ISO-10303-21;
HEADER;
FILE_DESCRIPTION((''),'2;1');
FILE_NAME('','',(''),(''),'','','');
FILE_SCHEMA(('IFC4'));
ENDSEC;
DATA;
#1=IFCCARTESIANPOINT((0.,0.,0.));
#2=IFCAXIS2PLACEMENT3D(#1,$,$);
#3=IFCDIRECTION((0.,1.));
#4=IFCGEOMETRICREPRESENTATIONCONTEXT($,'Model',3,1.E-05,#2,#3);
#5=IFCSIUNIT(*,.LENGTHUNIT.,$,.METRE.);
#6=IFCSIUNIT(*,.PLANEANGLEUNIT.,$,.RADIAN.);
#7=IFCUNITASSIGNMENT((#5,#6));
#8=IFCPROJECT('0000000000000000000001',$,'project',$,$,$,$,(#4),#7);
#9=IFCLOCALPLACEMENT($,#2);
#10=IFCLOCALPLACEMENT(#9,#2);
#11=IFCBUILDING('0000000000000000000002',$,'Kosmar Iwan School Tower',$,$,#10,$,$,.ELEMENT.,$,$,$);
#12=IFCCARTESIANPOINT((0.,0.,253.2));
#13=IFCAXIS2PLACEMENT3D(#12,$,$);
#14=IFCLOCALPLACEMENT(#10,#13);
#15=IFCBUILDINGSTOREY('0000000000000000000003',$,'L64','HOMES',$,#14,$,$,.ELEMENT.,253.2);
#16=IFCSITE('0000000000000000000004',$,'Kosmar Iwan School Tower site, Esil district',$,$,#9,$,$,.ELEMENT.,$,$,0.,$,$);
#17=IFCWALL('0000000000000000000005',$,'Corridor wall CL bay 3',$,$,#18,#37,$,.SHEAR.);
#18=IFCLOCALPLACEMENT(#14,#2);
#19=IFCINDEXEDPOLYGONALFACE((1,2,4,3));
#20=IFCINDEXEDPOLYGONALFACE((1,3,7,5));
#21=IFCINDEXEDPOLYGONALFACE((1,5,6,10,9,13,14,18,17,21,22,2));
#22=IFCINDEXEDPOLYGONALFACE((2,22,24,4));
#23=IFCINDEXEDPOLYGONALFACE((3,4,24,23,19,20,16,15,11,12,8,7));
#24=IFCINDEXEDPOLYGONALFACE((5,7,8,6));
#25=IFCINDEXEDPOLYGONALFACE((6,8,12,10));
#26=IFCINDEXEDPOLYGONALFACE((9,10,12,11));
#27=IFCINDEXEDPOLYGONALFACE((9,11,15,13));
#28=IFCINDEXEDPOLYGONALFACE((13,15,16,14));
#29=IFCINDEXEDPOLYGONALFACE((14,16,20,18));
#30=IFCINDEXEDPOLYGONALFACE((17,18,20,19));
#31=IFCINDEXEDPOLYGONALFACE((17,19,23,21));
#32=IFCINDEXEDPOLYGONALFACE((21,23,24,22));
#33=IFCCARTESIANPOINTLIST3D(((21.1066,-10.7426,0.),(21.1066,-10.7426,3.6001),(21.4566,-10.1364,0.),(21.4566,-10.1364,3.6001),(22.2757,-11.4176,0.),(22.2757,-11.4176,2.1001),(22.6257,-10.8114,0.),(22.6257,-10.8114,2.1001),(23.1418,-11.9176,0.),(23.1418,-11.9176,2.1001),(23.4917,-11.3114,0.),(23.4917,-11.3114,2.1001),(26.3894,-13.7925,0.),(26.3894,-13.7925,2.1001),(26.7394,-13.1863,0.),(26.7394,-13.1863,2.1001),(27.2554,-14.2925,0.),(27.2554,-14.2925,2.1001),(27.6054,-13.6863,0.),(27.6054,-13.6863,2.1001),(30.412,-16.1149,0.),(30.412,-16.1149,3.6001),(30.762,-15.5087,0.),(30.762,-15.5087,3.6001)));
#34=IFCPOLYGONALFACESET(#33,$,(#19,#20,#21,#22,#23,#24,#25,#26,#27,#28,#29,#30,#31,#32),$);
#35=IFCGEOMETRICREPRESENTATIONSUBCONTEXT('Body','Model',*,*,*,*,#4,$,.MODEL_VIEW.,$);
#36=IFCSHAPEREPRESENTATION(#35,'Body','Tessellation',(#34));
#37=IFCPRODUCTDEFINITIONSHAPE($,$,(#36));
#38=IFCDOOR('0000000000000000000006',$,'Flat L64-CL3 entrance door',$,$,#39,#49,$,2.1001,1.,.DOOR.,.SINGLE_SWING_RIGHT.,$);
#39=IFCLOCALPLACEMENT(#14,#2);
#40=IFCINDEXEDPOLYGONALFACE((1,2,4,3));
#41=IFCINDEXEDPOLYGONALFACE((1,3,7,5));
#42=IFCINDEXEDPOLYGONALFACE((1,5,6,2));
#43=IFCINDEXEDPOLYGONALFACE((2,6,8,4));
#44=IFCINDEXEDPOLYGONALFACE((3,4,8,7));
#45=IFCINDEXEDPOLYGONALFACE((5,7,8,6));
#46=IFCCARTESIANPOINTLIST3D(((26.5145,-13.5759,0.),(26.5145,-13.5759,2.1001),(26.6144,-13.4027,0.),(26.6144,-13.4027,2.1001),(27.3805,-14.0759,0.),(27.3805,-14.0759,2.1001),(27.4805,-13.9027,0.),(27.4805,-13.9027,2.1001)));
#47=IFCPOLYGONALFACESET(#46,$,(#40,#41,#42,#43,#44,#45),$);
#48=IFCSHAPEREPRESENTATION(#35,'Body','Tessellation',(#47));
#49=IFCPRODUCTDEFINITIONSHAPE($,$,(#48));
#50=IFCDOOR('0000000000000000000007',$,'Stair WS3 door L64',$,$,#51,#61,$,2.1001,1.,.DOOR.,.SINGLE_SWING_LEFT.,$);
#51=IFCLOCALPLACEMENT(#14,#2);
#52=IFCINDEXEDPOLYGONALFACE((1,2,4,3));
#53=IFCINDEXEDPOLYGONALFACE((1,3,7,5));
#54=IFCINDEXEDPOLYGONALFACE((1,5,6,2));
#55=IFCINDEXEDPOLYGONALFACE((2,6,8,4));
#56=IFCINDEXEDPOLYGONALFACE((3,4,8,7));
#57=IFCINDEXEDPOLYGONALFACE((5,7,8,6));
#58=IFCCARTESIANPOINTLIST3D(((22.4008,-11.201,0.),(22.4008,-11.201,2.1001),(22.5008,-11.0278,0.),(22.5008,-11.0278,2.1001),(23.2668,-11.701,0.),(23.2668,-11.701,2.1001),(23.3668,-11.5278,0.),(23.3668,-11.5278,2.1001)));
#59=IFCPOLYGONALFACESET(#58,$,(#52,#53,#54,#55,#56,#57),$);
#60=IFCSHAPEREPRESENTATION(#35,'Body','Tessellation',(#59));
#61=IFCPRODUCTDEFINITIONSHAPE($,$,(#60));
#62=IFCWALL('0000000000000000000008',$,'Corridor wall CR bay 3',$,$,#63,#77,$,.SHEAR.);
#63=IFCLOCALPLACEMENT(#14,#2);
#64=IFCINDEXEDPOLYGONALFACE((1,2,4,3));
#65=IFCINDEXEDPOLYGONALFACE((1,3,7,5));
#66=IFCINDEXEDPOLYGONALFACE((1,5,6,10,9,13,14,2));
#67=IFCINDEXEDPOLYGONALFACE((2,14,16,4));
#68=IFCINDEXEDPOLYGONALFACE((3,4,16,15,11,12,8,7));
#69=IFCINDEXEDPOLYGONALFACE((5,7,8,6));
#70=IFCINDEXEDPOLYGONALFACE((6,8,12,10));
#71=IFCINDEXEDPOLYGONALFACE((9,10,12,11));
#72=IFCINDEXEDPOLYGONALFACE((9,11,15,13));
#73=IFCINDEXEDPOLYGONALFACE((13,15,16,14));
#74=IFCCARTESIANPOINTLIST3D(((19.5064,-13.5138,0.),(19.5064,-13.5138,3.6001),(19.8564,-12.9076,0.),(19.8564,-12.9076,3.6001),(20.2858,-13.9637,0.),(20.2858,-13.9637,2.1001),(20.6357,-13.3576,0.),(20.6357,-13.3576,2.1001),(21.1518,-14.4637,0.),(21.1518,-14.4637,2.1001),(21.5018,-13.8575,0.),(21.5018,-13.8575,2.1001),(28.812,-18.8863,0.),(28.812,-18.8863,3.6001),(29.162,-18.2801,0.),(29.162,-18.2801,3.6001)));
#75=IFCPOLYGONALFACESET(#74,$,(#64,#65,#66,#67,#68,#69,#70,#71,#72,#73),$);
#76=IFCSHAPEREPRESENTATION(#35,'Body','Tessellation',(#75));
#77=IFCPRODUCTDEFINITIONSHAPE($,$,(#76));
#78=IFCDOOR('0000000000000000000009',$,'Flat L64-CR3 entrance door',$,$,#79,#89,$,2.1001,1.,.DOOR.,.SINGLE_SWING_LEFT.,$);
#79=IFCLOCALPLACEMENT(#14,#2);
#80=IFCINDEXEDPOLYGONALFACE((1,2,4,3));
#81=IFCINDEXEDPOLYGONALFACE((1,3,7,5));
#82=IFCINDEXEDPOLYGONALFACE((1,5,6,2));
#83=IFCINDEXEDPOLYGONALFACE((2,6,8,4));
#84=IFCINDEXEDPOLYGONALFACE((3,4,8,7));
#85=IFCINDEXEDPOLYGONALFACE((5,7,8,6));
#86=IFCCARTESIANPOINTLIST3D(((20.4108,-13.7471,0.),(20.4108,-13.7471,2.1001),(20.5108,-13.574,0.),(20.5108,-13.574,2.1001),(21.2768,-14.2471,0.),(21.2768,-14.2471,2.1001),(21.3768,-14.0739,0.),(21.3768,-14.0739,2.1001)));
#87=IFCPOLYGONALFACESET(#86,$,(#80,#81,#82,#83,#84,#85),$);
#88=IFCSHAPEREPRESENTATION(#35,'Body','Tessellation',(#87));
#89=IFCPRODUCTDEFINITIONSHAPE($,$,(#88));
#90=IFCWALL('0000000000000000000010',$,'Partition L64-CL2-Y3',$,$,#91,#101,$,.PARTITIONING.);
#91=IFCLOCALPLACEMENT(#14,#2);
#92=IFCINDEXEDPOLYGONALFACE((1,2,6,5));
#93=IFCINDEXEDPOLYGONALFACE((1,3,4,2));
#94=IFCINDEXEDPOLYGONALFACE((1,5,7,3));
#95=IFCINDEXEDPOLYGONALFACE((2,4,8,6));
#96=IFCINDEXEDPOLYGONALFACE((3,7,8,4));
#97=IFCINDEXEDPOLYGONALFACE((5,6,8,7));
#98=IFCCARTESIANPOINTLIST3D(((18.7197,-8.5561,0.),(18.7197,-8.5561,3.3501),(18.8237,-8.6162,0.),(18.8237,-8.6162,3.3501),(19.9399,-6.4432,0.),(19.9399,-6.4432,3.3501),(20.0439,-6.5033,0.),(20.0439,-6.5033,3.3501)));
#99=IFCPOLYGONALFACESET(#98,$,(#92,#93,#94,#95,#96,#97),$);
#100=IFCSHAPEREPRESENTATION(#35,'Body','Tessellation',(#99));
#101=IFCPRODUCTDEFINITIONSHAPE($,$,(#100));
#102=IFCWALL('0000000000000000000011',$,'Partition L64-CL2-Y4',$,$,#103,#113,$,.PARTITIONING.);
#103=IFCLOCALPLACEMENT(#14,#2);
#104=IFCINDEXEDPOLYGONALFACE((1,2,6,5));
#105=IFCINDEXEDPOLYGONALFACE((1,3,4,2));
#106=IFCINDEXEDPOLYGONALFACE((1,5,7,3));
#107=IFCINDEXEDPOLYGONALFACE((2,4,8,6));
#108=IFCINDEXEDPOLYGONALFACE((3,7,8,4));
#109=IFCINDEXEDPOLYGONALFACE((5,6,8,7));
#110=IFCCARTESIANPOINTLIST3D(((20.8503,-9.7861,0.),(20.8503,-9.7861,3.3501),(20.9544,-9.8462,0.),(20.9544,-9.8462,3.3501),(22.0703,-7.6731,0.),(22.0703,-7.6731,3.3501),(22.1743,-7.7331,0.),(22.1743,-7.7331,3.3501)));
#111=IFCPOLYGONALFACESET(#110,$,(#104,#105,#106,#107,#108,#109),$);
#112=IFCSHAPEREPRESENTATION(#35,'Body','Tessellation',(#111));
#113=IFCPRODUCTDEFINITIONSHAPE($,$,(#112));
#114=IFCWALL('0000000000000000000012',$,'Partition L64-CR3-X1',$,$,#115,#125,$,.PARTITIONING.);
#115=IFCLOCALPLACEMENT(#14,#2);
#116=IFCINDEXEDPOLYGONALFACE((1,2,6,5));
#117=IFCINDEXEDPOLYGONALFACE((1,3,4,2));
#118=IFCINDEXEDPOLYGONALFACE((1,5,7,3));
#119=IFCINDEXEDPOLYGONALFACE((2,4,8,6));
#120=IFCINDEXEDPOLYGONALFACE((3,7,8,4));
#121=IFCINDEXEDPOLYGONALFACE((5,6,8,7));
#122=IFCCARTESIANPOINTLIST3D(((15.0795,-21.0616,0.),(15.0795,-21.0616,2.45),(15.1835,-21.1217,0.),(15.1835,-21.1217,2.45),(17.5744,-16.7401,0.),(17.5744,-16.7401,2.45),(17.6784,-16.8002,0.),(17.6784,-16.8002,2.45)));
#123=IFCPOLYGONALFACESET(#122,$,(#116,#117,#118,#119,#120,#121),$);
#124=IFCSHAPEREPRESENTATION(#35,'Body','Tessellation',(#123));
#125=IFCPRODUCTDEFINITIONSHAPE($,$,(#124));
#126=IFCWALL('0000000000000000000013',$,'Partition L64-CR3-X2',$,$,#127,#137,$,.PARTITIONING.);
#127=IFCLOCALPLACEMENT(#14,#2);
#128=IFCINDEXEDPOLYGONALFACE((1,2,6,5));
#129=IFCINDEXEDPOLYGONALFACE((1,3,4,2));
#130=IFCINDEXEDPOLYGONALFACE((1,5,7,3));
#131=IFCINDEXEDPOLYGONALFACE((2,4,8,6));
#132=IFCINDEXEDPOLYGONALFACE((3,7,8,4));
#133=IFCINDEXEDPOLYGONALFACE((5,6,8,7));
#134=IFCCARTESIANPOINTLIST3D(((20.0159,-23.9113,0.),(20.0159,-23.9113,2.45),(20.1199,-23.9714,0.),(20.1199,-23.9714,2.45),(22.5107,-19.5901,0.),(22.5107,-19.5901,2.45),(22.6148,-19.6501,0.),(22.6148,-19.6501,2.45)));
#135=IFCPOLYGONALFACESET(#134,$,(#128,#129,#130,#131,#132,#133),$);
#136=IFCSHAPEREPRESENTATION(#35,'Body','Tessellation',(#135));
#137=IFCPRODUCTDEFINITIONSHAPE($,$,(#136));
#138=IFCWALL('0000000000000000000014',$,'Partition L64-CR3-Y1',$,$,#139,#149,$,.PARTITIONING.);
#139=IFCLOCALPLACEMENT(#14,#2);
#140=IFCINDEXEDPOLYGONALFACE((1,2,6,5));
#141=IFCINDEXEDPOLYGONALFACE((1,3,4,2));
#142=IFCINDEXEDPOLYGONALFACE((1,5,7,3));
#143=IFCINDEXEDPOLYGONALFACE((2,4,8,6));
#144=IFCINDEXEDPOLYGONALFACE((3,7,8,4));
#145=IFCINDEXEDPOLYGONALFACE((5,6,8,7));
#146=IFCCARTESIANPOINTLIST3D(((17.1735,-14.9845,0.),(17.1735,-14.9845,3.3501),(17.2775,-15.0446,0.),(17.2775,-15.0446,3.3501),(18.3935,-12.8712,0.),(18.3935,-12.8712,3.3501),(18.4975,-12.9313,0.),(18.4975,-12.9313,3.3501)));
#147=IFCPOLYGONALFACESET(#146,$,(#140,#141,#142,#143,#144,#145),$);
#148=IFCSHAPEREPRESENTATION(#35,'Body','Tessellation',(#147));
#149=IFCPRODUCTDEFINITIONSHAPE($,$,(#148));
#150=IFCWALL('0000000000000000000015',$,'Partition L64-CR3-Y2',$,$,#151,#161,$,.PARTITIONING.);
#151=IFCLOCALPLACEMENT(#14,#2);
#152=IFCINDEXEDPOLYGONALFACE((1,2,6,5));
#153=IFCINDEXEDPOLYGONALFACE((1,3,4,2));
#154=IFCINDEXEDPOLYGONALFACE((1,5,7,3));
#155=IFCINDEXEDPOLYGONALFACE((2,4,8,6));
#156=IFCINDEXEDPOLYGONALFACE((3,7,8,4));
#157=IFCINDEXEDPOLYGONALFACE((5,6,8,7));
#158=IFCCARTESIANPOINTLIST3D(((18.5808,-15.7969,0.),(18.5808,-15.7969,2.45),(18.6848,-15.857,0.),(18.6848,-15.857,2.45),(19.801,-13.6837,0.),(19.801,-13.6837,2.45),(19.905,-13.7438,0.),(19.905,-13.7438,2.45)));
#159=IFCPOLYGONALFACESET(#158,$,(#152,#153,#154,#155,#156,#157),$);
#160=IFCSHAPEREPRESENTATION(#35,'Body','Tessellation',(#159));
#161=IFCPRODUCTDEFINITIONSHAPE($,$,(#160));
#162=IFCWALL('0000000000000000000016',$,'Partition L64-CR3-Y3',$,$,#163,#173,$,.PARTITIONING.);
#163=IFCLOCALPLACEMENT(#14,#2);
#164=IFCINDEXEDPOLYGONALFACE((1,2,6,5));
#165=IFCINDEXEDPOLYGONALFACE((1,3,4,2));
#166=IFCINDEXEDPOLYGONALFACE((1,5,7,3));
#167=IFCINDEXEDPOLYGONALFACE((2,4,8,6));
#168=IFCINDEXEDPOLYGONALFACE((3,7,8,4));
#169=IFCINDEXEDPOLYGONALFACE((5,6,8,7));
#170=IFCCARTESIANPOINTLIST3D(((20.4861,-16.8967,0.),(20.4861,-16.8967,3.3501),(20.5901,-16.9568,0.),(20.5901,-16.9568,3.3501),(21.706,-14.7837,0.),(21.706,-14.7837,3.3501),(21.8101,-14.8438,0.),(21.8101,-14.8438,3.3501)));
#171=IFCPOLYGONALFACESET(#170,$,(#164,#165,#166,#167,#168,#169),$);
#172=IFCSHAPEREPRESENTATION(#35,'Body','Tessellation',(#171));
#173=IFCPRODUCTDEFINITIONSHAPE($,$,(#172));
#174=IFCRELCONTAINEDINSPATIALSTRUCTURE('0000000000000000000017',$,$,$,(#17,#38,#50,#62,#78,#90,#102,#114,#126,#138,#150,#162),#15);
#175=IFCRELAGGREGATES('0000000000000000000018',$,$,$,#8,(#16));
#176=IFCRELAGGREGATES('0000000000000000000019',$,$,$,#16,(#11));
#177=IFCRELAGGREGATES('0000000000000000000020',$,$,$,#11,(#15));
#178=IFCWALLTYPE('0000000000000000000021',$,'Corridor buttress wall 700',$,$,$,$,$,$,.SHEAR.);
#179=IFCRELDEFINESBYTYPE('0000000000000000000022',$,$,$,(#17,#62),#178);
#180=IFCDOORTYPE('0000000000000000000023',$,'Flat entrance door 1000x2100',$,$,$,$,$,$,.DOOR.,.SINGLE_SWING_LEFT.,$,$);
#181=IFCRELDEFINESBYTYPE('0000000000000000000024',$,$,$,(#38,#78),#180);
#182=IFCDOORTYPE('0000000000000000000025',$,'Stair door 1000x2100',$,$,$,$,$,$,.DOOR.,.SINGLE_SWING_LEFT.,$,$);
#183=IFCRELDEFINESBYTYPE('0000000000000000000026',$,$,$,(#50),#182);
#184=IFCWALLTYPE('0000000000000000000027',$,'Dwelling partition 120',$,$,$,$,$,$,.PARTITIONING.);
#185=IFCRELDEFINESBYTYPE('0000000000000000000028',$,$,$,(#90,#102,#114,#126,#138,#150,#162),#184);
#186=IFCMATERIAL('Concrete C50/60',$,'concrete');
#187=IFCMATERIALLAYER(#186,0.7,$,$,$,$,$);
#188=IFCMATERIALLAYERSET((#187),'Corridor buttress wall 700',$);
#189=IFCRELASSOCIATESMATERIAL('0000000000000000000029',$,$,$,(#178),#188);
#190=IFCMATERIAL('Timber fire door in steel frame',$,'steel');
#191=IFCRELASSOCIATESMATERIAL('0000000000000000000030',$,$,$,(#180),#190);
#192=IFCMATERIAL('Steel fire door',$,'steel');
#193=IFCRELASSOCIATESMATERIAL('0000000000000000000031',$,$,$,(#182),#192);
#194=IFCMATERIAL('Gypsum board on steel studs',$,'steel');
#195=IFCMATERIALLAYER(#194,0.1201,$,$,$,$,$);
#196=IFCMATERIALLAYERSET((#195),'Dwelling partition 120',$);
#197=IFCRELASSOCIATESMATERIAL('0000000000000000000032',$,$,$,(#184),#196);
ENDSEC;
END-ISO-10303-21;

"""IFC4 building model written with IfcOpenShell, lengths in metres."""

from ifc_helpers import new_model, si_unit, direction, frame, frame_2d, origin, place, context, subcontext, project, spatial, rectangle, extrude, material, layer, layer_set, type_object, element, fill, save


model = new_model("IFC4")

# Units and contexts
model_context = context("Model", 3, precision=1e-05, world=origin(), true_north=direction((0.0, 1.0)))
body_context = subcontext(model_context, "Body", "Model", "MODEL_VIEW")
ifc_project = project(units=[si_unit("LENGTHUNIT", "METRE"), si_unit("PLANEANGLEUNIT", "RADIAN")], contexts=[model_context])

# Site, building, storey
site_placement = place(None, origin())
site = spatial("IfcSite", under=ifc_project, at=site_placement, Name="Kosmar Iwan School Tower site, Esil district", CompositionType="ELEMENT", RefElevation=0.0)
building_placement = place(site_placement, origin())
building = spatial("IfcBuilding", under=site, at=building_placement, Name="Kosmar Iwan School Tower", CompositionType="ELEMENT")
storey_placement = place(building_placement, frame((0.0, 0.0, 253.2)))
storey = spatial("IfcBuildingStorey", under=building, at=storey_placement, Name="L64", Description="HOMES", CompositionType="ELEMENT", Elevation=253.2)

# Wall, openings, doors
ifc_material_1 = material(Name="Concrete C50/60", Category="concrete")
ifc_layer_1 = layer(ifc_material_1, 0.7)
ifc_layer_set_1 = layer_set([ifc_layer_1], Name="Corridor buttress wall 700")
wall_type_1 = type_object("IfcWallType", Name="Corridor buttress wall 700", PredefinedType="SHEAR", material=ifc_layer_set_1)
wall_1_placement = place(storey_placement, frame((21.2815, -10.4395, 0.0), z_axis=(0.0, 0.0, 1.0), x_axis=(0.866032, -0.499988, 0.0)))
wall_1 = element("IfcWall", 1, at=wall_1_placement, inside=storey, type_object=wall_type_1, Name="Corridor wall CL bay 3", PredefinedType="SHEAR", context=body_context, shape_type="SweptSolid", body=[
    extrude(rectangle(XDim=10.7449, YDim=0.7, at=frame_2d((5.3726, 0.0))), origin(), (0.0, 0.0, 1.0), 3.6001),
])
opening_1_placement = place(wall_1_placement, frame((6.1001, 0.0, 0.0)))
opening_1 = element("IfcOpeningElement", 2, at=opening_1_placement, cuts=wall_1, PredefinedType="OPENING", context=body_context, shape_type="SweptSolid", body=[
    extrude(rectangle(XDim=1.0, YDim=2.1001, at=frame_2d((0.5, 1.05))), frame((0.0, 0.3621, 0.0), z_axis=(0.0, -1.0, 0.0), x_axis=(1.0, 0.0, 0.0)), (0.0, 0.0, 1.0), 0.7239),
])
opening_2_placement = place(wall_1_placement, frame((1.3501, 0.0, 0.0)))
opening_2 = element("IfcOpeningElement", 3, at=opening_2_placement, cuts=wall_1, PredefinedType="OPENING", context=body_context, shape_type="SweptSolid", body=[
    extrude(rectangle(XDim=1.0, YDim=2.1001, at=frame_2d((0.5, 1.05))), frame((0.0, 0.3621, 0.0), z_axis=(0.0, -1.0, 0.0), x_axis=(1.0, 0.0, 0.0)), (0.0, 0.0, 1.0), 0.7239),
])
ifc_material_2 = material(Name="Timber fire door in steel frame", Category="steel")
door_type_1 = type_object("IfcDoorType", Name="Flat entrance door 1000x2100", OperationType="SINGLE_SWING_LEFT", PredefinedType="DOOR", material=ifc_material_2)
door_1_placement = place(opening_1_placement, origin())
door_1 = element("IfcDoor", 4, at=door_1_placement, inside=storey, type_object=door_type_1, Name="Flat L64-CL3 entrance door", OperationType="SINGLE_SWING_RIGHT", OverallHeight=2.1001, OverallWidth=1.0, PredefinedType="DOOR", context=body_context, shape_type="SweptSolid", body=[
    extrude(rectangle(XDim=1.0, YDim=2.1001, at=frame_2d((0.5, 1.05))), frame((0.0, 0.1001, 0.0), z_axis=(0.0, -1.0, 0.0), x_axis=(1.0, 0.0, 0.0)), (0.0, 0.0, 1.0), 0.2),
])
fill(opening_1, door_1)
ifc_material_3 = material(Name="Steel fire door", Category="steel")
door_type_2 = type_object("IfcDoorType", Name="Stair door 1000x2100", OperationType="SINGLE_SWING_LEFT", PredefinedType="DOOR", material=ifc_material_3)
door_2_placement = place(opening_2_placement, origin())
door_2 = element("IfcDoor", 5, at=door_2_placement, inside=storey, type_object=door_type_2, Name="Stair WS3 door L64", OperationType="SINGLE_SWING_LEFT", OverallHeight=2.1001, OverallWidth=1.0, PredefinedType="DOOR", context=body_context, shape_type="SweptSolid", body=[
    extrude(rectangle(XDim=1.0, YDim=2.1001, at=frame_2d((0.5, 1.05))), frame((0.0, 0.1001, 0.0), z_axis=(0.0, -1.0, 0.0), x_axis=(1.0, 0.0, 0.0)), (0.0, 0.0, 1.0), 0.2),
])
fill(opening_2, door_2)

# Wall, opening, door
wall_2_placement = place(storey_placement, frame((19.6814, -13.2107, 0.0), z_axis=(0.0, 0.0, 1.0), x_axis=(0.866028, -0.499995, 0.0)))
wall_2 = element("IfcWall", 6, at=wall_2_placement, inside=storey, type_object=wall_type_1, Name="Corridor wall CR bay 3", PredefinedType="SHEAR", context=body_context, shape_type="SweptSolid", body=[
    extrude(rectangle(XDim=10.7451, YDim=0.7, at=frame_2d((5.3726, 0.0))), origin(), (0.0, 0.0, 1.0), 3.6001),
])
opening_3_placement = place(wall_2_placement, frame((0.8999, 0.0, 0.0)))
opening_3 = element("IfcOpeningElement", 7, at=opening_3_placement, cuts=wall_2, PredefinedType="OPENING", context=body_context, shape_type="SweptSolid", body=[
    extrude(rectangle(XDim=1.0, YDim=2.1001, at=frame_2d((0.5, 1.05))), frame((0.0, 0.3621, 0.0), z_axis=(0.0, -1.0, 0.0), x_axis=(1.0, 0.0, 0.0)), (0.0, 0.0, 1.0), 0.7239),
])
door_3_placement = place(opening_3_placement, origin())
door_3 = element("IfcDoor", 8, at=door_3_placement, inside=storey, type_object=door_type_1, Name="Flat L64-CR3 entrance door", OperationType="SINGLE_SWING_LEFT", OverallHeight=2.1001, OverallWidth=1.0, PredefinedType="DOOR", context=body_context, shape_type="SweptSolid", body=[
    extrude(rectangle(XDim=1.0, YDim=2.1001, at=frame_2d((0.5, 1.05))), frame((0.0, 0.1001, 0.0), z_axis=(0.0, -1.0, 0.0), x_axis=(1.0, 0.0, 0.0)), (0.0, 0.0, 1.0), 0.2),
])
fill(opening_3, door_3)

# Walls
ifc_material_4 = material(Name="Gypsum board on steel studs", Category="steel")
ifc_layer_2 = layer(ifc_material_4, 0.1201)
ifc_layer_set_2 = layer_set([ifc_layer_2], Name="Dwelling partition 120")
wall_type_2 = type_object("IfcWallType", Name="Dwelling partition 120", PredefinedType="PARTITIONING", material=ifc_layer_set_2)
for number, where, z_axis, x_axis, name in (
    (9, (18.7717, -8.5862, 0.0), (0.0, 0.0, 1.0), (0.500078, 0.865981, 0.0), "Partition L64-CL2-Y3"),
    (10, (20.9023, -9.8162, 0.0), (0.0, 0.0, 1.0), (0.500003, 0.866024, 0.0), "Partition L64-CL2-Y4"),
):
    element("IfcWall", number, at=place(storey_placement, frame(where, z_axis=z_axis, x_axis=x_axis)), inside=storey, type_object=wall_type_2, Name=name, PredefinedType="PARTITIONING", context=body_context, shape_type="SweptSolid", body=[
        extrude(rectangle(XDim=2.4399, YDim=0.1201, at=frame_2d((1.22, 0.0))), origin(), (0.0, 0.0, 1.0), 3.3501),
    ])
wall_3_placement = place(storey_placement, frame((17.6265, -16.77, 0.0), z_axis=(0.0, 0.0, 1.0), x_axis=(-0.499975, -0.86604, 0.0)))
element("IfcWall", 11, at=wall_3_placement, inside=storey, type_object=wall_type_2, Name="Partition L64-CR3-X1", PredefinedType="PARTITIONING", context=body_context, shape_type="SweptSolid", body=[
    extrude(rectangle(XDim=4.99, YDim=0.1201, at=frame_2d((2.4951, 0.0))), origin(), (0.0, 0.0, 1.0), 2.45),
])
wall_4_placement = place(storey_placement, frame((22.5627, -19.6201, 0.0), z_axis=(0.0, 0.0, 1.0), x_axis=(-0.499996, -0.866028, 0.0)))
element("IfcWall", 12, at=wall_4_placement, inside=storey, type_object=wall_type_2, Name="Partition L64-CR3-X2", PredefinedType="PARTITIONING", context=body_context, shape_type="SweptSolid", body=[
    extrude(rectangle(XDim=4.9897, YDim=0.1201, at=frame_2d((2.4949, 0.0))), origin(), (0.0, 0.0, 1.0), 2.45),
])
wall_5_placement = place(storey_placement, frame((18.4456, -12.9011, 0.0), z_axis=(0.0, 0.0, 1.0), x_axis=(-0.499959, -0.866049, 0.0)))
element("IfcWall", 13, at=wall_5_placement, inside=storey, type_object=wall_type_2, Name="Partition L64-CR3-Y1", PredefinedType="PARTITIONING", context=body_context, shape_type="SweptSolid", body=[
    extrude(rectangle(XDim=2.4402, YDim=0.1201, at=frame_2d((1.2202, 0.0))), origin(), (0.0, 0.0, 1.0), 3.3501),
])
wall_6_placement = place(storey_placement, frame((19.853, -13.7136, 0.0), z_axis=(0.0, 0.0, 1.0), x_axis=(-0.500034, -0.866006, 0.0)))
element("IfcWall", 14, at=wall_6_placement, inside=storey, type_object=wall_type_2, Name="Partition L64-CR3-Y2", PredefinedType="PARTITIONING", context=body_context, shape_type="SweptSolid", body=[
    extrude(rectangle(XDim=2.4402, YDim=0.1201, at=frame_2d((1.2202, 0.0))), origin(), (0.0, 0.0, 1.0), 2.45),
])
wall_7_placement = place(storey_placement, frame((21.7581, -14.8137, 0.0), z_axis=(0.0, 0.0, 1.0), x_axis=(-0.500003, -0.866024, 0.0)))
element("IfcWall", 15, at=wall_7_placement, inside=storey, type_object=wall_type_2, Name="Partition L64-CR3-Y3", PredefinedType="PARTITIONING", context=body_context, shape_type="SweptSolid", body=[
    extrude(rectangle(XDim=2.4399, YDim=0.1201, at=frame_2d((1.22, 0.0))), origin(), (0.0, 0.0, 1.0), 3.3501),
])

save(model, "model.ifc")
